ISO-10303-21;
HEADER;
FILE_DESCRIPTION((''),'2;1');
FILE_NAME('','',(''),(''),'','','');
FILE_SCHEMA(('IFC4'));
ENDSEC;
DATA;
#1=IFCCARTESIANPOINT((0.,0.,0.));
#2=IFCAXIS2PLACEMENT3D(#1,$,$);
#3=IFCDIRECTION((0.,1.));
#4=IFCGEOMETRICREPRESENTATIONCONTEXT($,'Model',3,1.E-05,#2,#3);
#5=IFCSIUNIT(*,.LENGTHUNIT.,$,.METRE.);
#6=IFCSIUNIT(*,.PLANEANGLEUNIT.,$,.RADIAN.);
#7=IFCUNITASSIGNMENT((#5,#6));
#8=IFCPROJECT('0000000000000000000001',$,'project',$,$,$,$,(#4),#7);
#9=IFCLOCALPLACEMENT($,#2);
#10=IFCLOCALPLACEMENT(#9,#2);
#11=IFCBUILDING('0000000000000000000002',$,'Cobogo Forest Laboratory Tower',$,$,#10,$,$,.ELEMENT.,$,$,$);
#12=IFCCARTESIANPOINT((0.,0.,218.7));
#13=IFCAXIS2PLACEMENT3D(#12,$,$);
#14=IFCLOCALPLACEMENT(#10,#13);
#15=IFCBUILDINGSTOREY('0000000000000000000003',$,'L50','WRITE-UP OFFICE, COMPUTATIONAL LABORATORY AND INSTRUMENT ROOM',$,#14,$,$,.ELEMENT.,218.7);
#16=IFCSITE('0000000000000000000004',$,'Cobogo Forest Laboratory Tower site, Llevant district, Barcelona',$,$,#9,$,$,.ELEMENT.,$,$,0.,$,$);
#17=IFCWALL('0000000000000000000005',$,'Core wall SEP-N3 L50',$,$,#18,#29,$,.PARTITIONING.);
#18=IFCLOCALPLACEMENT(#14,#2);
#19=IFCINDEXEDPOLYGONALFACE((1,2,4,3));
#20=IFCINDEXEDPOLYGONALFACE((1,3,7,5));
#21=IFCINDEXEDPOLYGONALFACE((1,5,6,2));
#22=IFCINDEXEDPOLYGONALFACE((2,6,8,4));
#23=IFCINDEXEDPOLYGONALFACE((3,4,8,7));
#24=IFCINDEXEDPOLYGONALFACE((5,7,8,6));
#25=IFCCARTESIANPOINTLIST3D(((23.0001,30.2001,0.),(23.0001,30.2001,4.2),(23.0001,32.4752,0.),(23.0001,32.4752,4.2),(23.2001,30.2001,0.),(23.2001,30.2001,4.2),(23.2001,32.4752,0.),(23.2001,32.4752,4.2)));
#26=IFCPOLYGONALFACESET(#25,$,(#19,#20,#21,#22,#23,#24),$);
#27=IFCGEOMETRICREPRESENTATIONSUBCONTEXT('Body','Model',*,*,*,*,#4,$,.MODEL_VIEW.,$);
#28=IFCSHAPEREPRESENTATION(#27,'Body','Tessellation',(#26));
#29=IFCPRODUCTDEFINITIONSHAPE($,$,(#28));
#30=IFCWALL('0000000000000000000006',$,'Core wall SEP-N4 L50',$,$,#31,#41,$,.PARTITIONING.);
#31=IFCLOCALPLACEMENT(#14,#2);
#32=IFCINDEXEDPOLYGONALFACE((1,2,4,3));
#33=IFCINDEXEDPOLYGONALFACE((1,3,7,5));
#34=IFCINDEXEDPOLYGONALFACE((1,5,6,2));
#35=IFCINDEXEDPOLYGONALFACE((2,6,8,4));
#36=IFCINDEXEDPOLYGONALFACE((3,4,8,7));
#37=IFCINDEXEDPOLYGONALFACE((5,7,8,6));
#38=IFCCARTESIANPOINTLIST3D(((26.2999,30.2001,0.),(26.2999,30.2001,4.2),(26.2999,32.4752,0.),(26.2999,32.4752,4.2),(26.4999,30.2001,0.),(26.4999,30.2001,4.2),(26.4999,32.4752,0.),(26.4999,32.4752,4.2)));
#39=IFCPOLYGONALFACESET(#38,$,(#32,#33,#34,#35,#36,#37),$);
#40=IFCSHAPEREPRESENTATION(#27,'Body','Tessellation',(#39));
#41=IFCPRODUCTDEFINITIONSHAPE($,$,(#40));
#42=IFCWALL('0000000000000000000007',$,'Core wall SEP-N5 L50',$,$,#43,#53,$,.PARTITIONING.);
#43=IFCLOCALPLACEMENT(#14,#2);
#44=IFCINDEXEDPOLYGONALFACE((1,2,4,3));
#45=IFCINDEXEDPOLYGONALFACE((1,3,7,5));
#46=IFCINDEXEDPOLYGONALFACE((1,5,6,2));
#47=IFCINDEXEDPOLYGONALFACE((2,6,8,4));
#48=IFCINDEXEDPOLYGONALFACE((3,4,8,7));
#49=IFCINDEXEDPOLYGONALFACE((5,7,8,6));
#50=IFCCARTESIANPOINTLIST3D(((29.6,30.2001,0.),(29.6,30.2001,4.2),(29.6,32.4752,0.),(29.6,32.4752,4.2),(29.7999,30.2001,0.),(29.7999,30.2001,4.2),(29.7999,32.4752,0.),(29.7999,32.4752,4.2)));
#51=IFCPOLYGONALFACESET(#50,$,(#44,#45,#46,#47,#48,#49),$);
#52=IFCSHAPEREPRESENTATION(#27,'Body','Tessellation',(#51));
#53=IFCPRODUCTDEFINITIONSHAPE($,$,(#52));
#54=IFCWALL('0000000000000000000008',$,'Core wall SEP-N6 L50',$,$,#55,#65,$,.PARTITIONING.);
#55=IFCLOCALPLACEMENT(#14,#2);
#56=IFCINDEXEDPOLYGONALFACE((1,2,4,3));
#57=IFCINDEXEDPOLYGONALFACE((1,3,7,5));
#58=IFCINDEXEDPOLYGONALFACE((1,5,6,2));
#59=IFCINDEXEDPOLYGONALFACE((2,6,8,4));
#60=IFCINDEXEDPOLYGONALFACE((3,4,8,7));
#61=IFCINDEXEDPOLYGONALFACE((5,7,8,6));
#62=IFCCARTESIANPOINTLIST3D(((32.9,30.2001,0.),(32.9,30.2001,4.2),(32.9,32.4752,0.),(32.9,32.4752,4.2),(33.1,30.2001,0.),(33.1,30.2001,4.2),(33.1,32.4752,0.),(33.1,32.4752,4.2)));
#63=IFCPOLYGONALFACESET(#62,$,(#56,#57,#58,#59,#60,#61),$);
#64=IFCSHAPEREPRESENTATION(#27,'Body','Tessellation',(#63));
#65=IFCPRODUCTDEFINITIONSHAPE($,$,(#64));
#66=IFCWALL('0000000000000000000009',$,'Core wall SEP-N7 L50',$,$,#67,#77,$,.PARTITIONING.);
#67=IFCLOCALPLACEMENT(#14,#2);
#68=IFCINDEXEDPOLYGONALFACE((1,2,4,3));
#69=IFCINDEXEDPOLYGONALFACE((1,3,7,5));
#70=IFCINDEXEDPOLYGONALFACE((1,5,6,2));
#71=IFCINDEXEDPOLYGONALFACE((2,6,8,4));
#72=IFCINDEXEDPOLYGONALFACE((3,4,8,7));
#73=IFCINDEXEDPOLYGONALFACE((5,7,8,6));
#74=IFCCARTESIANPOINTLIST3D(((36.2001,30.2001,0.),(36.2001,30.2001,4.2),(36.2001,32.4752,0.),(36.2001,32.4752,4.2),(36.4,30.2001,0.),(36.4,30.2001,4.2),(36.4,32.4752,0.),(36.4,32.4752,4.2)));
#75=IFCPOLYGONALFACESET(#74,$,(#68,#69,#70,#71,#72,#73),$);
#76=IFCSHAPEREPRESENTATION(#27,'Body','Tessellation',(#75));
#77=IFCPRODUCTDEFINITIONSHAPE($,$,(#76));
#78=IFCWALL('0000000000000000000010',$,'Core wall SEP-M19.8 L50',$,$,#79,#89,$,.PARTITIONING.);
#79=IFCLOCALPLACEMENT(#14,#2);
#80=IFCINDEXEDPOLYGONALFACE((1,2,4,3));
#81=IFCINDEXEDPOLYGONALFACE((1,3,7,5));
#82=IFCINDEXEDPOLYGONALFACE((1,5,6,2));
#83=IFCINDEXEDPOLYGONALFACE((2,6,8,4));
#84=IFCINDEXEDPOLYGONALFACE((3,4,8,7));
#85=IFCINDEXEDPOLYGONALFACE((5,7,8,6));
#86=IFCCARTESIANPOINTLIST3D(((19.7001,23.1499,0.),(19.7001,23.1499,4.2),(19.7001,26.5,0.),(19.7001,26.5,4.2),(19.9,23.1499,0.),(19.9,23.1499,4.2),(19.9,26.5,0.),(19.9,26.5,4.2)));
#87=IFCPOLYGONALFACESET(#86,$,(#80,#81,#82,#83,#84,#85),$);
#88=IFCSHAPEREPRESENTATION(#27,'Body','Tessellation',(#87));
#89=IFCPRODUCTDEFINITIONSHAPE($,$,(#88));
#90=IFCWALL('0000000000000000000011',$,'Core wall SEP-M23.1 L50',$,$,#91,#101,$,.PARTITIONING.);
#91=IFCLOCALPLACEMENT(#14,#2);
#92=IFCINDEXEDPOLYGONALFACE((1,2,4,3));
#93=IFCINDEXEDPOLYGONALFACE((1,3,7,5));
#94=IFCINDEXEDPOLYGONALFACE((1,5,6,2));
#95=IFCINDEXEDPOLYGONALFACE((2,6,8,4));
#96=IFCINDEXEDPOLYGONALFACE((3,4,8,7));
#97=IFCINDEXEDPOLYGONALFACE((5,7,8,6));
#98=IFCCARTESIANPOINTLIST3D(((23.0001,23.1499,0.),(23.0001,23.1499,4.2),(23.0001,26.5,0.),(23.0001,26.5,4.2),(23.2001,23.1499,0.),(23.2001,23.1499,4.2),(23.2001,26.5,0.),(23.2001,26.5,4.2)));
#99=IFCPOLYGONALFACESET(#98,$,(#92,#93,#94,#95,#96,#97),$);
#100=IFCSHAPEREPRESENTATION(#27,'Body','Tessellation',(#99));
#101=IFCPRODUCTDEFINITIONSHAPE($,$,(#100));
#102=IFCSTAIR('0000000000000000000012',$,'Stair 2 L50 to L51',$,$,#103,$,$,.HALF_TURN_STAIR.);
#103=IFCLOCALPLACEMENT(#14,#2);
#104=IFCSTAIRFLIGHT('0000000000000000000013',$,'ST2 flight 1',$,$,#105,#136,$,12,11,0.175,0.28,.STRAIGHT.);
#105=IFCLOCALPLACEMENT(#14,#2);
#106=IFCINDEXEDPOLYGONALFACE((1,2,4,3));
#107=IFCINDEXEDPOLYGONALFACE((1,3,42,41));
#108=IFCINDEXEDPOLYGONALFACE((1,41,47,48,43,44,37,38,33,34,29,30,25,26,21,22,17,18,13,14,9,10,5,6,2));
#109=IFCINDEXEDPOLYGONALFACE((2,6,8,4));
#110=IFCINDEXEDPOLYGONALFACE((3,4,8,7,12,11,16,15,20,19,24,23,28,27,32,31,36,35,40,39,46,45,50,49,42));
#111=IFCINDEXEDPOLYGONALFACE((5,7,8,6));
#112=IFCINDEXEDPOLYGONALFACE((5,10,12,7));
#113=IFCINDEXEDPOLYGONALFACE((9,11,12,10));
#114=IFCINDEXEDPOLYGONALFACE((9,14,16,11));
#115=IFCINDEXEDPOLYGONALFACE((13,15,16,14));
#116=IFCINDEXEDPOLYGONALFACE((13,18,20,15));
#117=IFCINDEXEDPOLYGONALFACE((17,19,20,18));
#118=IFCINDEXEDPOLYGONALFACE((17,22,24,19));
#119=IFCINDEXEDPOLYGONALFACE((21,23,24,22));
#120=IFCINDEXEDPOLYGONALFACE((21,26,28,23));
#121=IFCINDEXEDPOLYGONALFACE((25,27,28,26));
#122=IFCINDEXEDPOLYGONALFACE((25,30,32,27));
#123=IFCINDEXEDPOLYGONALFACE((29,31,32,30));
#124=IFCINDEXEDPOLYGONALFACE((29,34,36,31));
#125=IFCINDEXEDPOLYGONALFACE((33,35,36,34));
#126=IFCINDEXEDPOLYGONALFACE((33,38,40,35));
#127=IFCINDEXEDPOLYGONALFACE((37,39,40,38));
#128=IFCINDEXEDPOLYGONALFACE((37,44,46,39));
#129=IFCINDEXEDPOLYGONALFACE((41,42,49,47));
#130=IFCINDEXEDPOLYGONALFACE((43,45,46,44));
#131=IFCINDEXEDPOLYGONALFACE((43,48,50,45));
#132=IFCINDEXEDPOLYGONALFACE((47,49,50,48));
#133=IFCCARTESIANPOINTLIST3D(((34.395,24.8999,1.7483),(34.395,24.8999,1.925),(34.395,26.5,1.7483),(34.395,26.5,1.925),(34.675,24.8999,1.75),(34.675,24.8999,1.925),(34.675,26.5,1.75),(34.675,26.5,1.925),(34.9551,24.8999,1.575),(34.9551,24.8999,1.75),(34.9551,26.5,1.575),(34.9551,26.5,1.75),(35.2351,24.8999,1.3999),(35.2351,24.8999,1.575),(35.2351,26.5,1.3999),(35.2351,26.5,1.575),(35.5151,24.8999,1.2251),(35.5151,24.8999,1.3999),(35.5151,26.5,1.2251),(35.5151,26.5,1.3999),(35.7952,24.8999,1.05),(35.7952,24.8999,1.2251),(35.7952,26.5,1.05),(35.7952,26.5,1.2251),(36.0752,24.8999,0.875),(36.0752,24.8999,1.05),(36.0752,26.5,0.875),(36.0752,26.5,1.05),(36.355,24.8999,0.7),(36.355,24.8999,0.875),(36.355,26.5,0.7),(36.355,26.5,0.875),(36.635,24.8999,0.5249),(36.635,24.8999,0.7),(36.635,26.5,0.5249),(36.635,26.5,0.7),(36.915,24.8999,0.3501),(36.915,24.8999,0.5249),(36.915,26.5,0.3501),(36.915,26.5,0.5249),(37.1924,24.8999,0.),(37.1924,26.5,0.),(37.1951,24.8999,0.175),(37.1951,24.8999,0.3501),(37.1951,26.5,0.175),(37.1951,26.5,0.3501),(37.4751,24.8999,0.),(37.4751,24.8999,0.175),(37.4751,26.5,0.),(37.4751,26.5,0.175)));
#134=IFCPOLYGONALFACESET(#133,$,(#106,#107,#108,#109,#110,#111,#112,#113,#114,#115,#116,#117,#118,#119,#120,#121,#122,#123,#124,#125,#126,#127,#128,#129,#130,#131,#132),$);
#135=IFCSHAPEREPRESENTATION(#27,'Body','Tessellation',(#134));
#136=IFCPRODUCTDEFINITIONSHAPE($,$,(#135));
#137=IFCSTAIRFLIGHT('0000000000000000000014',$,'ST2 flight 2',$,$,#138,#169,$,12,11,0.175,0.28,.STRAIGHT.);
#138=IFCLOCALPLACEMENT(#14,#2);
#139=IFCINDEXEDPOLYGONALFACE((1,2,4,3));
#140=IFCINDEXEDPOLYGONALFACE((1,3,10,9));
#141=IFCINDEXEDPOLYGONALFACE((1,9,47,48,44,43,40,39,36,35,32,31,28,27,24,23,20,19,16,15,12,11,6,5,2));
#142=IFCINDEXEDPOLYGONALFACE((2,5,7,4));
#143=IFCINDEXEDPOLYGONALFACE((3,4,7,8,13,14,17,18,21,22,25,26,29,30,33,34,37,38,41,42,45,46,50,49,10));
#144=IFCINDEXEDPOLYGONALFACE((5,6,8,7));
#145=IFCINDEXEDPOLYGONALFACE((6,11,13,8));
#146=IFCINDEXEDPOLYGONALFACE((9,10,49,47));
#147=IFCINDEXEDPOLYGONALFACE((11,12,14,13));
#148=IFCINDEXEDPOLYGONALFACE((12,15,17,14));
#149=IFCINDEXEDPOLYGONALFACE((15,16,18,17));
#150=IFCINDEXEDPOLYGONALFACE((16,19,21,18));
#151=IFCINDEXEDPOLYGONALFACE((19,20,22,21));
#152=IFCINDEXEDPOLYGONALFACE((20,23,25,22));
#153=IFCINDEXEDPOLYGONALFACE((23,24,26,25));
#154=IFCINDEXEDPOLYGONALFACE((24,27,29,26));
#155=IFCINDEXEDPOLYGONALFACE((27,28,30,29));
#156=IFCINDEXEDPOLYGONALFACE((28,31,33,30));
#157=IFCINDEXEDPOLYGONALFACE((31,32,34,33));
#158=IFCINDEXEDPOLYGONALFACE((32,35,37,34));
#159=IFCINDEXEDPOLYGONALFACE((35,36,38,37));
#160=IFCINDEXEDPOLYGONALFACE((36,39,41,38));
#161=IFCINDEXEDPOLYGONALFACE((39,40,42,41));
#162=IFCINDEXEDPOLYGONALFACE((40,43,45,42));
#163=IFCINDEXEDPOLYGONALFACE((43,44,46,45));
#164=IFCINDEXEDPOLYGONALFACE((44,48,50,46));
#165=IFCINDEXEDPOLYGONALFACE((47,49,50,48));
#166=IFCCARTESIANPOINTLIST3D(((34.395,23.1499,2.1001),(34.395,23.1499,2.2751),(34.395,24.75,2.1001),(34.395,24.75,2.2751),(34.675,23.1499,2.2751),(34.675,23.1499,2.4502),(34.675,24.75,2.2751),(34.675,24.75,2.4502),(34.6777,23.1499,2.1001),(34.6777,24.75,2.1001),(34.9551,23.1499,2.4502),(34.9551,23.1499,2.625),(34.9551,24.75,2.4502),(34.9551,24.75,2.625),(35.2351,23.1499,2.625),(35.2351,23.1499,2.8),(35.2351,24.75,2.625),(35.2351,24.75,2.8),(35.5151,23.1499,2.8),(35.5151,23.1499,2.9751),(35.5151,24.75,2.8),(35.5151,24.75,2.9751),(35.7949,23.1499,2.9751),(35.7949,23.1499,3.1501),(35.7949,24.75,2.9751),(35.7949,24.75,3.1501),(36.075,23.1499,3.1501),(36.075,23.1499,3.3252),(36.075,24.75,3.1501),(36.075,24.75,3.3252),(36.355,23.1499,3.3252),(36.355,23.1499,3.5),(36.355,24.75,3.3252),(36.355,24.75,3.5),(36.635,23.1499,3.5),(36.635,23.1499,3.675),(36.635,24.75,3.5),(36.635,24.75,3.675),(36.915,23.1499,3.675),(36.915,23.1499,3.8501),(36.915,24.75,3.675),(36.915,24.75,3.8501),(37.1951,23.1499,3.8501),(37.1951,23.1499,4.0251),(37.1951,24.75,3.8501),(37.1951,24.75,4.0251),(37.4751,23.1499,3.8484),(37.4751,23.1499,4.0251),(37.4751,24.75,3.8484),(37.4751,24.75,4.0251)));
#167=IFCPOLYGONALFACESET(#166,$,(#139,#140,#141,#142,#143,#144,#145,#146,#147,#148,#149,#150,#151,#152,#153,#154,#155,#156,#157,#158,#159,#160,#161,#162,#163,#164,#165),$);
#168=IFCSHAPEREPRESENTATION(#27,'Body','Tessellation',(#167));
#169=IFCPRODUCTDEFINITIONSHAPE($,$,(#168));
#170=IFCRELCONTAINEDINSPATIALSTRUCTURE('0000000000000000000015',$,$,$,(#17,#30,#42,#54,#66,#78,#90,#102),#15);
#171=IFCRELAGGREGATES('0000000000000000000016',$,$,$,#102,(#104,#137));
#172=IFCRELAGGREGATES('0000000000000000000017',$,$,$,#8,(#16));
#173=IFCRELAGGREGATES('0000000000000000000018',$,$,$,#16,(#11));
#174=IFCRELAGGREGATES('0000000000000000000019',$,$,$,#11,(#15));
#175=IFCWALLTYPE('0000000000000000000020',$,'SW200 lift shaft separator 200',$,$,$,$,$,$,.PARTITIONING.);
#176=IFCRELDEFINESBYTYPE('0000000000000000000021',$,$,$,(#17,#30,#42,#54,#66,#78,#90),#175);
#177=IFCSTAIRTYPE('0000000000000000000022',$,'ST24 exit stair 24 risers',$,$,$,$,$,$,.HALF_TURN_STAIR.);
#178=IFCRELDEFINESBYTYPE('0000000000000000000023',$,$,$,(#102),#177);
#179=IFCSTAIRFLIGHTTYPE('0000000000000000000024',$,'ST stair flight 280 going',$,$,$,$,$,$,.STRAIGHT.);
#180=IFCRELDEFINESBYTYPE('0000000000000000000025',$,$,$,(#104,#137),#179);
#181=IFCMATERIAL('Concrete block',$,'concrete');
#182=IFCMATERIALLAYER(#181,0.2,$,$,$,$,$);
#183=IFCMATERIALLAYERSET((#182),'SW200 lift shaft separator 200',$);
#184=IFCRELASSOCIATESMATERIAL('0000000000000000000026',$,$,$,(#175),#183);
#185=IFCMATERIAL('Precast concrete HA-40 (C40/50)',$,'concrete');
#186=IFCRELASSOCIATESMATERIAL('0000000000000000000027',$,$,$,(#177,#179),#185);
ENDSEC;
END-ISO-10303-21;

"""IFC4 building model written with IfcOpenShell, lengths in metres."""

from ifc_helpers import new_model, si_unit, direction, frame, frame_2d, origin, place, context, subcontext, project, spatial, polyline, rectangle, outline, extrude, material, layer, layer_set, type_object, element, aggregate, save


model = new_model("IFC4")

# Units and contexts
model_context = context("Model", 3, precision=1e-05, world=origin(), true_north=direction((0.0, 1.0)))
body_context = subcontext(model_context, "Body", "Model", "MODEL_VIEW")
ifc_project = project(units=[si_unit("LENGTHUNIT", "METRE"), si_unit("PLANEANGLEUNIT", "RADIAN")], contexts=[model_context])

# Site, building, storey
site_placement = place(None, origin())
site = spatial("IfcSite", under=ifc_project, at=site_placement, Name="Cobogo Forest Laboratory Tower site, Llevant district, Barcelona", CompositionType="ELEMENT", RefElevation=0.0)
building_placement = place(site_placement, origin())
building = spatial("IfcBuilding", under=site, at=building_placement, Name="Cobogo Forest Laboratory Tower", CompositionType="ELEMENT")
storey_placement = place(building_placement, frame((0.0, 0.0, 218.7)))
storey = spatial("IfcBuildingStorey", under=building, at=storey_placement, Name="L50", Description="WRITE-UP OFFICE, COMPUTATIONAL LABORATORY AND INSTRUMENT ROOM", CompositionType="ELEMENT", Elevation=218.7)

# Walls
ifc_material_1 = material(Name="Concrete block", Category="concrete")
ifc_layer_1 = layer(ifc_material_1, 0.2)
ifc_layer_set_1 = layer_set([ifc_layer_1], Name="SW200 lift shaft separator 200")
wall_type_1 = type_object("IfcWallType", Name="SW200 lift shaft separator 200", PredefinedType="PARTITIONING", material=ifc_layer_set_1)
for number, where, z_axis, x_axis, name in (
    (1, (23.1001, 30.2, 0.0), (0.0, 0.0, 1.0), (0.0, 1.0, 0.0), "Core wall SEP-N3 L50"),
    (2, (26.3999, 30.2, 0.0), (0.0, 0.0, 1.0), (0.0, 1.0, 0.0), "Core wall SEP-N4 L50"),
    (3, (29.7, 30.2, 0.0), (0.0, 0.0, 1.0), (0.0, 1.0, 0.0), "Core wall SEP-N5 L50"),
    (4, (33.0, 30.2, 0.0), (0.0, 0.0, 1.0), (0.0, 1.0, 0.0), "Core wall SEP-N6 L50"),
    (5, (36.3, 30.2, 0.0), (0.0, 0.0, 1.0), (0.0, 1.0, 0.0), "Core wall SEP-N7 L50"),
):
    element("IfcWall", number, at=place(storey_placement, frame(where, z_axis=z_axis, x_axis=x_axis)), inside=storey, type_object=wall_type_1, Name=name, PredefinedType="PARTITIONING", context=body_context, shape_type="SweptSolid", body=[
        extrude(rectangle(XDim=2.2751, YDim=0.2, at=frame_2d((1.1377, 0.0))), origin(), (0.0, 0.0, 1.0), 4.2),
    ])
for number, where, z_axis, x_axis, name in (
    (6, (19.8, 23.1499, 0.0), (0.0, 0.0, 1.0), (0.0, 1.0, 0.0), "Core wall SEP-M19.8 L50"),
    (7, (23.1001, 23.1499, 0.0), (0.0, 0.0, 1.0), (0.0, 1.0, 0.0), "Core wall SEP-M23.1 L50"),
):
    element("IfcWall", number, at=place(storey_placement, frame(where, z_axis=z_axis, x_axis=x_axis)), inside=storey, type_object=wall_type_1, Name=name, PredefinedType="PARTITIONING", context=body_context, shape_type="SweptSolid", body=[
        extrude(rectangle(XDim=3.3501, YDim=0.2, at=frame_2d((1.675, 0.0))), origin(), (0.0, 0.0, 1.0), 4.2),
    ])

# Stair, stair flights
ifc_material_2 = material(Name="Precast concrete HA-40 (C40/50)", Category="concrete")
stair_type = type_object("IfcStairType", Name="ST24 exit stair 24 risers", PredefinedType="HALF_TURN_STAIR", material=ifc_material_2)
stair_placement = place(storey_placement, origin())
stair = element("IfcStair", 8, at=stair_placement, inside=storey, type_object=stair_type, Name="Stair 2 L50 to L51", PredefinedType="HALF_TURN_STAIR")
stair_flight_type = type_object("IfcStairFlightType", Name="ST stair flight 280 going", PredefinedType="STRAIGHT", material=ifc_material_2)
stair_flight_1_placement = place(storey_placement, frame((37.4751, 25.7, 0.0), z_axis=(0.0, 0.0, 1.0), x_axis=(-1.0, 0.0, 0.0)))
stair_flight_1 = element("IfcStairFlight", 9, at=stair_flight_1_placement, type_object=stair_flight_type, Name="ST2 flight 1", NumberOfRisers=12, NumberOfTreads=11, PredefinedType="STRAIGHT", RiserHeight=0.175, TreadLength=0.28, context=body_context, shape_type="SweptSolid", body=[
    extrude(outline(polyline([(0.0, 0.0), (0.0, 0.175), (0.28, 0.175), (0.28, 0.3501), (0.5601, 0.3501), (0.5601, 0.5249), (0.8401, 0.5249), (0.8401, 0.7), (1.1201, 0.7), (1.1201, 0.875), (1.3999, 0.875), (1.3999, 1.05), (1.6799, 1.05), (1.6799, 1.2251), (1.96, 1.2251), (1.96, 1.3999), (2.24, 1.3999), (2.24, 1.575), (2.52, 1.575), (2.52, 1.75), (2.8, 1.75), (2.8, 1.925), (3.0801, 1.925), (3.0801, 2.1001), (3.0801, 1.7483), (0.2827, 0.0), (0.0, 0.0)])), frame((0.0, 0.8, 0.0), z_axis=(0.0, -1.0, 0.0), x_axis=(1.0, 0.0, 0.0)), (0.0, 0.0, 1.0), 1.6001),
])
stair_flight_2_placement = place(storey_placement, frame((34.395, 23.95, 2.1001), z_axis=(0.0, 0.0, 1.0), x_axis=(1.0, 0.0, 0.0)))
stair_flight_2 = element("IfcStairFlight", 10, at=stair_flight_2_placement, type_object=stair_flight_type, Name="ST2 flight 2", NumberOfRisers=12, NumberOfTreads=11, PredefinedType="STRAIGHT", RiserHeight=0.175, TreadLength=0.28, context=body_context, shape_type="SweptSolid", body=[
    extrude(outline(polyline([(0.0, 0.0), (0.0, 0.175), (0.28, 0.175), (0.28, 0.3501), (0.5601, 0.3501), (0.5601, 0.5249), (0.8401, 0.5249), (0.8401, 0.7), (1.1201, 0.7), (1.1201, 0.875), (1.3999, 0.875), (1.3999, 1.05), (1.6799, 1.05), (1.6799, 1.2251), (1.96, 1.2251), (1.96, 1.3999), (2.24, 1.3999), (2.24, 1.575), (2.52, 1.575), (2.52, 1.75), (2.8, 1.75), (2.8, 1.925), (3.0801, 1.925), (3.0801, 2.1001), (3.0801, 1.7483), (0.2827, 0.0), (0.0, 0.0)])), frame((0.0, 0.8, 0.0), z_axis=(0.0, -1.0, 0.0), x_axis=(1.0, 0.0, 0.0)), (0.0, 0.0, 1.0), 1.6001),
])
aggregate(stair, [stair_flight_1, stair_flight_2])

save(model, "model.ifc")
